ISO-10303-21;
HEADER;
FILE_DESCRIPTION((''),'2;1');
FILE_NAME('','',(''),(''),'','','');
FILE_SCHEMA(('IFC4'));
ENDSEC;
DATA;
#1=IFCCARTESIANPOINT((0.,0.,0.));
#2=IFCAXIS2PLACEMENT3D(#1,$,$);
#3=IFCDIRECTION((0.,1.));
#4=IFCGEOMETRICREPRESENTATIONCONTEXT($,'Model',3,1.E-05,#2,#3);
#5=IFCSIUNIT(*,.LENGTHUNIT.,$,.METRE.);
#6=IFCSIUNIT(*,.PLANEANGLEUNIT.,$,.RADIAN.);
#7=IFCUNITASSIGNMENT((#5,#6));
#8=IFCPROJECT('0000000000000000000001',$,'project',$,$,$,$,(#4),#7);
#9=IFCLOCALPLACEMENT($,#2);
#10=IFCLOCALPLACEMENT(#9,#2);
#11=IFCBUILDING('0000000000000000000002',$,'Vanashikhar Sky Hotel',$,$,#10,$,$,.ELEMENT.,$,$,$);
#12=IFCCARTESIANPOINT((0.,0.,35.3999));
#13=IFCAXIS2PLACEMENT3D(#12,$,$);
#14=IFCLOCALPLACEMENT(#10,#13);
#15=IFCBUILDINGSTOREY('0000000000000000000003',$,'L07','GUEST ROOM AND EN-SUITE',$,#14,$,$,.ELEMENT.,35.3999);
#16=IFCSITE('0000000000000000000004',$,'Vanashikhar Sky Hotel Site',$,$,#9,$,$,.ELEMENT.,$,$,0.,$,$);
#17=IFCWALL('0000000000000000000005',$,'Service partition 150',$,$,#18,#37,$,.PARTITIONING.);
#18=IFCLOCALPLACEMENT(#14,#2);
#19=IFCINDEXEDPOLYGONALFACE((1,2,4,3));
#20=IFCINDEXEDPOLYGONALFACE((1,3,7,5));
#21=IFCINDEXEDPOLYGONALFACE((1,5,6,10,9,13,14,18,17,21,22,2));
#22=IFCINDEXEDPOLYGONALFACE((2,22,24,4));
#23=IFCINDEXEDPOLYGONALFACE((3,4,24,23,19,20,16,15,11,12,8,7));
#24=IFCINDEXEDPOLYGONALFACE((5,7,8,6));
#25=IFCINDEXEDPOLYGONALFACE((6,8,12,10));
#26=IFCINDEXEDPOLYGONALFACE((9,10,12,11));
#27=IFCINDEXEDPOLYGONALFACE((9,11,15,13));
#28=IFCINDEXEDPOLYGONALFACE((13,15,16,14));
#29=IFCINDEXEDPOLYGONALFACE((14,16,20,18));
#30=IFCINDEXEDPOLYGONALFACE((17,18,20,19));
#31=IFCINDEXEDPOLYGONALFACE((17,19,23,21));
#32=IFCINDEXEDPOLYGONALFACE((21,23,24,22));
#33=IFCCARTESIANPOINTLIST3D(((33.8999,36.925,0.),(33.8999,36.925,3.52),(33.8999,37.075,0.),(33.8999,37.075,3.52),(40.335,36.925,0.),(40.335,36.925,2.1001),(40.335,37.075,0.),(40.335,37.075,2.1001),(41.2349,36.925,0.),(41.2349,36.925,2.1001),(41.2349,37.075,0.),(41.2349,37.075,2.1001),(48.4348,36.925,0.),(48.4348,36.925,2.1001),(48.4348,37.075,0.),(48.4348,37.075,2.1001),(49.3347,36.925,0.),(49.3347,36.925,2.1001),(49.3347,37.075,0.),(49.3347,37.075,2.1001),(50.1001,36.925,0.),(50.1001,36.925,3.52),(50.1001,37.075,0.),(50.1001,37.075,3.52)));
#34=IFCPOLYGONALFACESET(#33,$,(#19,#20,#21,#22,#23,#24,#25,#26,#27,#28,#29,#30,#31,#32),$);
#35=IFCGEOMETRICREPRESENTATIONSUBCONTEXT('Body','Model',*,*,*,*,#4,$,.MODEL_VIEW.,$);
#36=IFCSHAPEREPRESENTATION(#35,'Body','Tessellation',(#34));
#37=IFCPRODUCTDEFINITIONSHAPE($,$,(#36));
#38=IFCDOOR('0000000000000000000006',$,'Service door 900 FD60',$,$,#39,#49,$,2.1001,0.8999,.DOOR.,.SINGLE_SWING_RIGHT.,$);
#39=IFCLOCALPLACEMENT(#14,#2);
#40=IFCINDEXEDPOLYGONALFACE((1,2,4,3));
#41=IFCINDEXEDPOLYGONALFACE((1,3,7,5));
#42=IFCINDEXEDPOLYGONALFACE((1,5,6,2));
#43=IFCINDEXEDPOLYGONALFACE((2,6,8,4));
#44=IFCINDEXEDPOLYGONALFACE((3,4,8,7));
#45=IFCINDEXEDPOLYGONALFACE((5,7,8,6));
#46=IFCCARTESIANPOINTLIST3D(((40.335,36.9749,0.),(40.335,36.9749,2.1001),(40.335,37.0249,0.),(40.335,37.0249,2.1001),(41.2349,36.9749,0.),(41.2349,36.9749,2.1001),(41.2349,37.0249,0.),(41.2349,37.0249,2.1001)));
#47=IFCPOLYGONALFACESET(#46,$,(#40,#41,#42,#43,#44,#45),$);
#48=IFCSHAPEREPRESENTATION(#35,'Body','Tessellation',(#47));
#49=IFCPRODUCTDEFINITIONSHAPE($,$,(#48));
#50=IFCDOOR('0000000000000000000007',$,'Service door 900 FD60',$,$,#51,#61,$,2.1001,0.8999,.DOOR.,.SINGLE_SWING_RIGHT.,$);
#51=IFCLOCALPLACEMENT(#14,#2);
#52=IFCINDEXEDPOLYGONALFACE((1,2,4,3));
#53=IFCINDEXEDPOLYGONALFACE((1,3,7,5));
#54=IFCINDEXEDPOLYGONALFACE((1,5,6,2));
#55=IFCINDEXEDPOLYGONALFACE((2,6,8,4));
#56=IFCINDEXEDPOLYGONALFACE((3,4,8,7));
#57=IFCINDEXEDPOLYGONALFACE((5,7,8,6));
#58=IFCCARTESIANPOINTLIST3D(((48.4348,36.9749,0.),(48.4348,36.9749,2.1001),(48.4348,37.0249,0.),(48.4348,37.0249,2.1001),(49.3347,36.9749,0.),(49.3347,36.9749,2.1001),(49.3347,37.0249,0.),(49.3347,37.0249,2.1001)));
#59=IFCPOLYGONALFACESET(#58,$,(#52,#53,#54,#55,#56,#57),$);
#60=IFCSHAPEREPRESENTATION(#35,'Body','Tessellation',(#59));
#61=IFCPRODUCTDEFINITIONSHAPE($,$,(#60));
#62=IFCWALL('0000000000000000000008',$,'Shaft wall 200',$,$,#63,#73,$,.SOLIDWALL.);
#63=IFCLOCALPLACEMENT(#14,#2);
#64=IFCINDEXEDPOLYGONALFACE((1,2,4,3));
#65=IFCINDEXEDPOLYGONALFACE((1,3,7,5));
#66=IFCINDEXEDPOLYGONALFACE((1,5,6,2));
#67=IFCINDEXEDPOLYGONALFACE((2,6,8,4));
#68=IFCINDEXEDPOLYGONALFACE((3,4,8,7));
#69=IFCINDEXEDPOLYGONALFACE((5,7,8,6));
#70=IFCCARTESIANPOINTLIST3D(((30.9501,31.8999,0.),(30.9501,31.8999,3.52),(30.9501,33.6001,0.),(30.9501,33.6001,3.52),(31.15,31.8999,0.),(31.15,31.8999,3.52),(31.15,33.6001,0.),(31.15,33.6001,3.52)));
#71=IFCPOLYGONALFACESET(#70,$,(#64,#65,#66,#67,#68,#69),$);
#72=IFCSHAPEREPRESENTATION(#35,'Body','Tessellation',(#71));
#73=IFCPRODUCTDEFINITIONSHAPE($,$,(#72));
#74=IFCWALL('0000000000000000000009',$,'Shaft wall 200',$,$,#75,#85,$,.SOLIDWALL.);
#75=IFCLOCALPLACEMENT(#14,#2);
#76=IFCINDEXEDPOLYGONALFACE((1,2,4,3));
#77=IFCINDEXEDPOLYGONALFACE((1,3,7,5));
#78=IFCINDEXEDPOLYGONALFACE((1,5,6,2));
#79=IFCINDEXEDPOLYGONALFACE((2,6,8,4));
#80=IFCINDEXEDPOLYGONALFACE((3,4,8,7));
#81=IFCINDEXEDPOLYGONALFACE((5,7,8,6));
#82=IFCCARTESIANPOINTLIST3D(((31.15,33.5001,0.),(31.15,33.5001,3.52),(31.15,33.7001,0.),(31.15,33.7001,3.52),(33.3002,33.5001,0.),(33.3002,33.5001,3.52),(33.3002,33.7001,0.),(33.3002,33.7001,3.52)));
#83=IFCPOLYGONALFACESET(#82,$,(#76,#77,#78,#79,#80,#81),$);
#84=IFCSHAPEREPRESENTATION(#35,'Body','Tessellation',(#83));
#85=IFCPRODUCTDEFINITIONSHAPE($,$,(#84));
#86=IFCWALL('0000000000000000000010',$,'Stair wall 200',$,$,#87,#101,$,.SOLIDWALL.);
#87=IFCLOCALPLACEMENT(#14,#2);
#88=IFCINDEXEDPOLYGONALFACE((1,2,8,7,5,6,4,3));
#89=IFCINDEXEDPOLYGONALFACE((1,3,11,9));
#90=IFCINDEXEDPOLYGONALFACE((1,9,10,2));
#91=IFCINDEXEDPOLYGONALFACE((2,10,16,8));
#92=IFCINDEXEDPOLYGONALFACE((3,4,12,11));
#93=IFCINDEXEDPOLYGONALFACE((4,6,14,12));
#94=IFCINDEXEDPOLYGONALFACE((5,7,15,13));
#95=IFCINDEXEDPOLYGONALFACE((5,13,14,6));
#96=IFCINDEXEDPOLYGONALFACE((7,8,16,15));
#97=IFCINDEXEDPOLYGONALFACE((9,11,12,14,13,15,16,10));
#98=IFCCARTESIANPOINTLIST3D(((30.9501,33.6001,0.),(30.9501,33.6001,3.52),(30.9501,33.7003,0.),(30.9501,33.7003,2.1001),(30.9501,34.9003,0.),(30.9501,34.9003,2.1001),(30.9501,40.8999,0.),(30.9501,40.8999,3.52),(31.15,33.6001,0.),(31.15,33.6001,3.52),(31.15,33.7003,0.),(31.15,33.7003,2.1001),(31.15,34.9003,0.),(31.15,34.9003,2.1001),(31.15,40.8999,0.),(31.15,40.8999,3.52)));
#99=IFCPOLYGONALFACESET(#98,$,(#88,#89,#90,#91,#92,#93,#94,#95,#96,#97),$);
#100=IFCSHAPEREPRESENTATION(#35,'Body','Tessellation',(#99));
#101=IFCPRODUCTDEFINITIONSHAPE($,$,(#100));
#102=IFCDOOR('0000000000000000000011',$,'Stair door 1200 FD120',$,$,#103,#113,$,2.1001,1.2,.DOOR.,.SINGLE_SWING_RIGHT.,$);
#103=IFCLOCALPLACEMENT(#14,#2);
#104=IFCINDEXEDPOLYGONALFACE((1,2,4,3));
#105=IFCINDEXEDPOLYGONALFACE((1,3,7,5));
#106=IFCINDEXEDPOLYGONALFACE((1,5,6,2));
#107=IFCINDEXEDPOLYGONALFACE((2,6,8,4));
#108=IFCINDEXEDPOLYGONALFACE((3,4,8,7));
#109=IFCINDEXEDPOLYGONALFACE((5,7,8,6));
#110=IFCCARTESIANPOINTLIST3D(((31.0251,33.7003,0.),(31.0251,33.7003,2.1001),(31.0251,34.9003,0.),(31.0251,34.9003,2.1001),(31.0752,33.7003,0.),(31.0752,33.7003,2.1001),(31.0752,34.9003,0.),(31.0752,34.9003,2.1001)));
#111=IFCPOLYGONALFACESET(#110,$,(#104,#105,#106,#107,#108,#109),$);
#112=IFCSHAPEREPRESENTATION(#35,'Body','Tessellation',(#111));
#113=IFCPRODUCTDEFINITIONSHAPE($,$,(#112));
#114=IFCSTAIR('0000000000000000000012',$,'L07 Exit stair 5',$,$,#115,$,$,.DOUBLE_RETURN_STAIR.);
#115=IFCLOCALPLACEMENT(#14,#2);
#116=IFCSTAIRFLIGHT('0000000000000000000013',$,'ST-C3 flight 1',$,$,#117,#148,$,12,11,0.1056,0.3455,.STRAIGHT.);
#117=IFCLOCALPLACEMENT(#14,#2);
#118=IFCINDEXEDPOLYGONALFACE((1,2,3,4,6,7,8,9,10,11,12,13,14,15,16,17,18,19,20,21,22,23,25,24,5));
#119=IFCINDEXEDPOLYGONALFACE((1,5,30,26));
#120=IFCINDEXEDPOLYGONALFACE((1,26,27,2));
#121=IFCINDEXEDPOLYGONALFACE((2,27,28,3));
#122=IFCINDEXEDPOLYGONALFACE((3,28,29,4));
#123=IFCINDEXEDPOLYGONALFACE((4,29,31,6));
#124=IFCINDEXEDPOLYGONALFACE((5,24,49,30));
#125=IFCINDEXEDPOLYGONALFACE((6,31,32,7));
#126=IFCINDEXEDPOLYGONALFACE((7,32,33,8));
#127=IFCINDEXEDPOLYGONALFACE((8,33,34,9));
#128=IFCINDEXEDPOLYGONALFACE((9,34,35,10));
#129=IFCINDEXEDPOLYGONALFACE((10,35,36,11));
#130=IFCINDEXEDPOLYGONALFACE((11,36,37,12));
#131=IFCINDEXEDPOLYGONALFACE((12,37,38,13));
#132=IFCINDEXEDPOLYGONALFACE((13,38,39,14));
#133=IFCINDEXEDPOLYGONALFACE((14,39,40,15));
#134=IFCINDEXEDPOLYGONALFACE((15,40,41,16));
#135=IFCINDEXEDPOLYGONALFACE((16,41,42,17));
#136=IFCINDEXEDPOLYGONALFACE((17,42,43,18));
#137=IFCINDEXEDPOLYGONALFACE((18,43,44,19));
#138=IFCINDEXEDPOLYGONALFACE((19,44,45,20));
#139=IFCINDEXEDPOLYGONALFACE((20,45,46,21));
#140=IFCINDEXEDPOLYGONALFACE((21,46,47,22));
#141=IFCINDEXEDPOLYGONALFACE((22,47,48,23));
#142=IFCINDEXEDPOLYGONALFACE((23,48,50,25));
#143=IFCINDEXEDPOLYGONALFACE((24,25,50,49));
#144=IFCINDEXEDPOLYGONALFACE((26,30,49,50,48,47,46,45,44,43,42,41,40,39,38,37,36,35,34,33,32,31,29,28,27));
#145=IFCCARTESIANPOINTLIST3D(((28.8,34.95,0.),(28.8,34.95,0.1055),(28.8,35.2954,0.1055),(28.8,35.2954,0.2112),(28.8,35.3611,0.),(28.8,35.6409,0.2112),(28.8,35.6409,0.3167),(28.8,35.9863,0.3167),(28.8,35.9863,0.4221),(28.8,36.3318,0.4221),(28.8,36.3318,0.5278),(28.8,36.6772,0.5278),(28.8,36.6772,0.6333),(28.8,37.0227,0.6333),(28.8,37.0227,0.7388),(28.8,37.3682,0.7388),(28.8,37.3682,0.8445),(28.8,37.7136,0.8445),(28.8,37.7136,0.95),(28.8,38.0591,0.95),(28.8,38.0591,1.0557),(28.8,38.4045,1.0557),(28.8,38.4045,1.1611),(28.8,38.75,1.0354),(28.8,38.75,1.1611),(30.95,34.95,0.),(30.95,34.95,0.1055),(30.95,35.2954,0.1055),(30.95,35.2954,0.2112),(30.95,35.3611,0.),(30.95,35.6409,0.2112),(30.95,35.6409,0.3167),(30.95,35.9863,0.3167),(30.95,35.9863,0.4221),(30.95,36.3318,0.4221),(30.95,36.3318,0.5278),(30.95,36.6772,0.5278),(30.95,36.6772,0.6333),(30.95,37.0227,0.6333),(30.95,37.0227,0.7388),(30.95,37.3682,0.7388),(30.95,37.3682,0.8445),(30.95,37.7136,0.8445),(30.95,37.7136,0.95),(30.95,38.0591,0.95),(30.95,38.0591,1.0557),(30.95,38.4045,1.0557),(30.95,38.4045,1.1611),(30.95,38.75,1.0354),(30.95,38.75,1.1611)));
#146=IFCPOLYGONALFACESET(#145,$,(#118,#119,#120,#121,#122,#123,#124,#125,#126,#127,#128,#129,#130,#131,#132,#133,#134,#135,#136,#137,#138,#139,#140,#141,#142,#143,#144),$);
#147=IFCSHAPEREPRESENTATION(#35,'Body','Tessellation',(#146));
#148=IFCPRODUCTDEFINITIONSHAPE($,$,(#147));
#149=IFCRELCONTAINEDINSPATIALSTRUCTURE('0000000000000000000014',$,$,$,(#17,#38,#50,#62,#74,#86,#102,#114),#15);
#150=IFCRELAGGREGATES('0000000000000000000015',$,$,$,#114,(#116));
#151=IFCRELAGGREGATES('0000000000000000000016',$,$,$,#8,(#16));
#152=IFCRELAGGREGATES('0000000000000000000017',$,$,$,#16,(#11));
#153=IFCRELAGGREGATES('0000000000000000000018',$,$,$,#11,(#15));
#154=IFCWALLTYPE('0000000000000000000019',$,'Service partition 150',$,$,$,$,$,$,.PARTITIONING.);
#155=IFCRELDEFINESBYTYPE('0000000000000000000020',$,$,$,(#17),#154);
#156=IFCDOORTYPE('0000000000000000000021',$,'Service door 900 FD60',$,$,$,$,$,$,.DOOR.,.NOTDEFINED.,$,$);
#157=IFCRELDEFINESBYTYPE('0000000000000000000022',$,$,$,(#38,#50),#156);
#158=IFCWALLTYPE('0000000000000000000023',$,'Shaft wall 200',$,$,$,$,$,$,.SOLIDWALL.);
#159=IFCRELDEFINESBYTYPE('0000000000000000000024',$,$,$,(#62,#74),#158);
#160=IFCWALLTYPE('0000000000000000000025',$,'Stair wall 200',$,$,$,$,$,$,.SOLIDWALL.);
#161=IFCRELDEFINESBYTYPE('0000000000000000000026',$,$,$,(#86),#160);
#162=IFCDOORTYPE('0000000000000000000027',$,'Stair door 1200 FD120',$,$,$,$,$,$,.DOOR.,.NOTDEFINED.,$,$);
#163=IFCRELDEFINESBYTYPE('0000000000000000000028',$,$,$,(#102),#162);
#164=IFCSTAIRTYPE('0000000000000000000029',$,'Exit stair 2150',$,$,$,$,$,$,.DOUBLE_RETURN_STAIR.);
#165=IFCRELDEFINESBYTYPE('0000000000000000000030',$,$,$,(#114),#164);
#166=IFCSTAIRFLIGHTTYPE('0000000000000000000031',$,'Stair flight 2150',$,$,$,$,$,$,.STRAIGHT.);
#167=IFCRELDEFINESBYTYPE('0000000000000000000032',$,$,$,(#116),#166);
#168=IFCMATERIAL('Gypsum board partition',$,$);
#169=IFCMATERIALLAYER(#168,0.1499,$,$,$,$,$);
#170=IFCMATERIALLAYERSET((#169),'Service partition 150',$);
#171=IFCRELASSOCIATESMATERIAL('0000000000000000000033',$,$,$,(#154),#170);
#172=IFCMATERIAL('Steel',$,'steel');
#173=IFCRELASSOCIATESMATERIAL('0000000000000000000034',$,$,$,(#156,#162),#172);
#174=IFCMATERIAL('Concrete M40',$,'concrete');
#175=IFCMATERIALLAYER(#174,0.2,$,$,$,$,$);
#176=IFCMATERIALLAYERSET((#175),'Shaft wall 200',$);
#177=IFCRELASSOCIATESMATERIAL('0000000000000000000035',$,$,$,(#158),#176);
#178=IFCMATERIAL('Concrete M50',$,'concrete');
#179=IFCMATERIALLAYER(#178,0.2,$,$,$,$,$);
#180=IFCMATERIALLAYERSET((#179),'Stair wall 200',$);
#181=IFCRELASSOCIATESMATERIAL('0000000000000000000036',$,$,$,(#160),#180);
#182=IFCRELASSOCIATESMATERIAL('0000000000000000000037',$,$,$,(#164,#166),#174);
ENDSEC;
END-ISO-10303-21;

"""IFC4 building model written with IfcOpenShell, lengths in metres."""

from ifc_helpers import new_model, si_unit, direction, frame, frame_2d, origin, place, context, subcontext, project, spatial, polyline, rectangle, outline, extrude, source, transform, mapped, material, layer, layer_set, type_object, element, fill, aggregate, save


model = new_model("IFC4")

# Units and contexts
model_context = context("Model", 3, precision=1e-05, world=origin(), true_north=direction((0.0, 1.0)))
body_context = subcontext(model_context, "Body", "Model", "MODEL_VIEW")
ifc_project = project(units=[si_unit("LENGTHUNIT", "METRE"), si_unit("PLANEANGLEUNIT", "RADIAN")], contexts=[model_context])

# Site, building, storey
site_placement = place(None, origin())
site = spatial("IfcSite", under=ifc_project, at=site_placement, Name="Vanashikhar Sky Hotel Site", CompositionType="ELEMENT", RefElevation=0.0)
building_placement = place(site_placement, origin())
building = spatial("IfcBuilding", under=site, at=building_placement, Name="Vanashikhar Sky Hotel", CompositionType="ELEMENT")
storey_placement = place(building_placement, frame((0.0, 0.0, 35.3999)))
storey = spatial("IfcBuildingStorey", under=building, at=storey_placement, Name="L07", Description="GUEST ROOM AND EN-SUITE", CompositionType="ELEMENT", Elevation=35.3999)

# Shared definitions
ifc_material_1 = material(Name="Steel", Category="steel")

# Shared definitions
ifc_material_2 = material(Name="Gypsum board partition")
ifc_layer_1 = layer(ifc_material_2, 0.1499)
ifc_layer_set_1 = layer_set([ifc_layer_1], Name="Service partition 150")
wall_type_1 = type_object("IfcWallType", Name="Service partition 150", PredefinedType="PARTITIONING", material=ifc_layer_set_1)

# Wall, openings, doors
shared_shape_1 = source(origin(), body_context, "Body", "SweptSolid", [
    extrude(rectangle(XDim=0.8999, YDim=2.1001, at=frame_2d((0.45, 1.05))), frame((0.0, 0.085, 0.0), z_axis=(0.0, -1.0, 0.0), x_axis=(1.0, 0.0, 0.0)), (0.0, 0.0, 1.0), 0.1699),
])
door_type_1 = type_object("IfcDoorType", Name="Service door 900 FD60", OperationType="NOTDEFINED", PredefinedType="DOOR", material=ifc_material_1)
shared_shape_2 = source(origin(), body_context, "Body", "SweptSolid", [
    extrude(rectangle(XDim=0.8999, YDim=2.1001, at=frame_2d((0.45, 1.05))), frame((0.0, 0.0249, 0.0), z_axis=(0.0, -1.0, 0.0), x_axis=(1.0, 0.0, 0.0)), (0.0, 0.0, 1.0), 0.05),
])
shared_shape_3 = source(origin(), body_context, "Body", "SweptSolid", [
    extrude(rectangle(XDim=16.2002, YDim=0.1499, at=frame_2d((8.1001, 0.0))), origin(), (0.0, 0.0, 1.0), 3.52),
])
wall_1_placement = place(storey_placement, frame((33.8999, 37.0, 0.0), z_axis=(0.0, 0.0, 1.0), x_axis=(1.0, 0.0, 0.0)))
wall_1 = element("IfcWall", 1, at=wall_1_placement, inside=storey, type_object=wall_type_1, Name="Service partition 150", PredefinedType="PARTITIONING", context=body_context, shape_type="MappedRepresentation", body=[
    mapped(shared_shape_3, transform((0.0, 0.0, 0.0), scale=1.0)),
])
opening_1_placement = place(wall_1_placement, frame((6.4351, 0.0, 0.0)))
opening_1 = element("IfcOpeningElement", 2, at=opening_1_placement, cuts=wall_1, PredefinedType="OPENING", context=body_context, shape_type="MappedRepresentation", body=[
    mapped(shared_shape_1, transform((0.0, 0.0, 0.0), scale=1.0)),
])
opening_2_placement = place(wall_1_placement, frame((14.5349, 0.0, 0.0)))
opening_2 = element("IfcOpeningElement", 3, at=opening_2_placement, cuts=wall_1, PredefinedType="OPENING", context=body_context, shape_type="MappedRepresentation", body=[
    mapped(shared_shape_1, transform((0.0, 0.0, 0.0), scale=1.0)),
])
door_1_placement = place(opening_1_placement, origin())
door_1 = element("IfcDoor", 4, at=door_1_placement, inside=storey, type_object=door_type_1, Name="Service door 900 FD60", OperationType="SINGLE_SWING_RIGHT", OverallHeight=2.1001, OverallWidth=0.8999, PredefinedType="DOOR", context=body_context, shape_type="MappedRepresentation", body=[
    mapped(shared_shape_2, transform((0.0, 0.0, 0.0), scale=1.0)),
])
fill(opening_1, door_1)
door_2_placement = place(opening_2_placement, origin())
door_2 = element("IfcDoor", 5, at=door_2_placement, inside=storey, type_object=door_type_1, Name="Service door 900 FD60", OperationType="SINGLE_SWING_RIGHT", OverallHeight=2.1001, OverallWidth=0.8999, PredefinedType="DOOR", context=body_context, shape_type="MappedRepresentation", body=[
    mapped(shared_shape_2, transform((0.0, 0.0, 0.0), scale=1.0)),
])
fill(opening_2, door_2)

# Walls
ifc_material_3 = material(Name="Concrete M40", Category="concrete")
ifc_layer_2 = layer(ifc_material_3, 0.2)
ifc_layer_set_2 = layer_set([ifc_layer_2], Name="Shaft wall 200")
wall_type_2 = type_object("IfcWallType", Name="Shaft wall 200", PredefinedType="SOLIDWALL", material=ifc_layer_set_2)
shared_shape_4 = source(origin(), body_context, "Body", "SweptSolid", [
    extrude(rectangle(XDim=1.7002, YDim=0.2, at=frame_2d((0.8501, 0.0))), origin(), (0.0, 0.0, 1.0), 3.52),
])
wall_2_placement = place(storey_placement, frame((31.05, 31.8999, 0.0), z_axis=(0.0, 0.0, 1.0), x_axis=(0.0, 1.0, 0.0)))
element("IfcWall", 6, at=wall_2_placement, inside=storey, type_object=wall_type_2, Name="Shaft wall 200", PredefinedType="SOLIDWALL", context=body_context, shape_type="MappedRepresentation", body=[
    mapped(shared_shape_4, transform((0.0, 0.0, 0.0), scale=1.0)),
])
shared_shape_5 = source(origin(), body_context, "Body", "SweptSolid", [
    extrude(rectangle(XDim=2.1501, YDim=0.2, at=frame_2d((1.0752, 0.0))), origin(), (0.0, 0.0, 1.0), 3.52),
])
wall_3_placement = place(storey_placement, frame((31.1499, 33.6001, 0.0), z_axis=(0.0, 0.0, 1.0), x_axis=(1.0, 0.0, 0.0)))
element("IfcWall", 7, at=wall_3_placement, inside=storey, type_object=wall_type_2, Name="Shaft wall 200", PredefinedType="SOLIDWALL", context=body_context, shape_type="MappedRepresentation", body=[
    mapped(shared_shape_5, transform((0.0, 0.0, 0.0), scale=1.0)),
])

# Wall, opening, door
ifc_material_4 = material(Name="Concrete M50", Category="concrete")
ifc_layer_3 = layer(ifc_material_4, 0.2)
ifc_layer_set_3 = layer_set([ifc_layer_3], Name="Stair wall 200")
wall_type_3 = type_object("IfcWallType", Name="Stair wall 200", PredefinedType="SOLIDWALL", material=ifc_layer_set_3)
shared_shape_6 = source(origin(), body_context, "Body", "SweptSolid", [
    extrude(rectangle(XDim=7.2998, YDim=0.2, at=frame_2d((3.6499, 0.0))), origin(), (0.0, 0.0, 1.0), 3.52),
])
wall_4_placement = place(storey_placement, frame((31.05, 33.6001, 0.0), z_axis=(0.0, 0.0, 1.0), x_axis=(0.0, 1.0, 0.0)))
wall_4 = element("IfcWall", 8, at=wall_4_placement, inside=storey, type_object=wall_type_3, Name="Stair wall 200", PredefinedType="SOLIDWALL", context=body_context, shape_type="MappedRepresentation", body=[
    mapped(shared_shape_6, transform((0.0, 0.0, 0.0), scale=1.0)),
])
shared_shape_7 = source(origin(), body_context, "Body", "SweptSolid", [
    extrude(rectangle(XDim=1.2, YDim=2.1001, at=frame_2d((0.6001, 1.05))), frame((0.0, 0.1099, 0.0), z_axis=(0.0, -1.0, 0.0), x_axis=(1.0, 0.0, 0.0)), (0.0, 0.0, 1.0), 0.22),
])
opening_3_placement = place(wall_4_placement, frame((0.1001, 0.0, 0.0)))
opening_3 = element("IfcOpeningElement", 9, at=opening_3_placement, cuts=wall_4, PredefinedType="OPENING", context=body_context, shape_type="MappedRepresentation", body=[
    mapped(shared_shape_7, transform((0.0, 0.0, 0.0), scale=1.0)),
])
door_type_2 = type_object("IfcDoorType", Name="Stair door 1200 FD120", OperationType="NOTDEFINED", PredefinedType="DOOR", material=ifc_material_1)
shared_shape_8 = source(origin(), body_context, "Body", "SweptSolid", [
    extrude(rectangle(XDim=1.2, YDim=2.1001, at=frame_2d((0.6001, 1.05))), frame((0.0, 0.0249, 0.0), z_axis=(0.0, -1.0, 0.0), x_axis=(1.0, 0.0, 0.0)), (0.0, 0.0, 1.0), 0.05),
])
door_3_placement = place(opening_3_placement, origin())
door_3 = element("IfcDoor", 10, at=door_3_placement, inside=storey, type_object=door_type_2, Name="Stair door 1200 FD120", OperationType="SINGLE_SWING_RIGHT", OverallHeight=2.1001, OverallWidth=1.2, PredefinedType="DOOR", context=body_context, shape_type="MappedRepresentation", body=[
    mapped(shared_shape_8, transform((0.0, 0.0, 0.0), scale=1.0)),
])
fill(opening_3, door_3)

# Stair, stair flight
stair_type = type_object("IfcStairType", Name="Exit stair 2150", PredefinedType="DOUBLE_RETURN_STAIR", material=ifc_material_3)
stair_placement = place(storey_placement, origin())
stair = element("IfcStair", 11, at=stair_placement, inside=storey, type_object=stair_type, Name="L07 Exit stair 5", PredefinedType="DOUBLE_RETURN_STAIR")
stair_flight_type = type_object("IfcStairFlightType", Name="Stair flight 2150", PredefinedType="STRAIGHT", material=ifc_material_3)
shared_shape_9 = source(origin(), body_context, "Body", "SweptSolid", [
    extrude(outline(polyline([(0.0, 0.0), (0.0, 0.1055), (0.3455, 0.1055), (0.3455, 0.2112), (0.6909, 0.2112), (0.6909, 0.3167), (1.0364, 0.3167), (1.0364, 0.4221), (1.3818, 0.4221), (1.3818, 0.5278), (1.7273, 0.5278), (1.7273, 0.6333), (2.0728, 0.6333), (2.0728, 0.7388), (2.4182, 0.7388), (2.4182, 0.8445), (2.7637, 0.8445), (2.7637, 0.95), (3.1091, 0.95), (3.1091, 1.0557), (3.4546, 1.0557), (3.4546, 1.1611), (3.8, 1.1611), (3.8, 1.2666), (3.8, 1.0354), (0.4111, 0.0), (0.0, 0.0)])), frame((0.0, 1.075, 0.0), z_axis=(0.0, -1.0, 0.0), x_axis=(1.0, 0.0, 0.0)), (0.0, 0.0, 1.0), 2.1499),
])
stair_flight_1_placement = place(storey_placement, frame((29.875, 34.95, 0.0), z_axis=(0.0, 0.0, 1.0), x_axis=(0.0, 1.0, 0.0)))
stair_flight_1 = element("IfcStairFlight", 12, at=stair_flight_1_placement, type_object=stair_flight_type, Name="ST-C3 flight 1", NumberOfRisers=12, NumberOfTreads=11, PredefinedType="STRAIGHT", RiserHeight=0.1056, TreadLength=0.3455, context=body_context, shape_type="MappedRepresentation", body=[
    mapped(shared_shape_9, transform((0.0, 0.0, 0.0), scale=1.0)),
])
aggregate(stair, [stair_flight_1])

save(model, "model.ifc")
